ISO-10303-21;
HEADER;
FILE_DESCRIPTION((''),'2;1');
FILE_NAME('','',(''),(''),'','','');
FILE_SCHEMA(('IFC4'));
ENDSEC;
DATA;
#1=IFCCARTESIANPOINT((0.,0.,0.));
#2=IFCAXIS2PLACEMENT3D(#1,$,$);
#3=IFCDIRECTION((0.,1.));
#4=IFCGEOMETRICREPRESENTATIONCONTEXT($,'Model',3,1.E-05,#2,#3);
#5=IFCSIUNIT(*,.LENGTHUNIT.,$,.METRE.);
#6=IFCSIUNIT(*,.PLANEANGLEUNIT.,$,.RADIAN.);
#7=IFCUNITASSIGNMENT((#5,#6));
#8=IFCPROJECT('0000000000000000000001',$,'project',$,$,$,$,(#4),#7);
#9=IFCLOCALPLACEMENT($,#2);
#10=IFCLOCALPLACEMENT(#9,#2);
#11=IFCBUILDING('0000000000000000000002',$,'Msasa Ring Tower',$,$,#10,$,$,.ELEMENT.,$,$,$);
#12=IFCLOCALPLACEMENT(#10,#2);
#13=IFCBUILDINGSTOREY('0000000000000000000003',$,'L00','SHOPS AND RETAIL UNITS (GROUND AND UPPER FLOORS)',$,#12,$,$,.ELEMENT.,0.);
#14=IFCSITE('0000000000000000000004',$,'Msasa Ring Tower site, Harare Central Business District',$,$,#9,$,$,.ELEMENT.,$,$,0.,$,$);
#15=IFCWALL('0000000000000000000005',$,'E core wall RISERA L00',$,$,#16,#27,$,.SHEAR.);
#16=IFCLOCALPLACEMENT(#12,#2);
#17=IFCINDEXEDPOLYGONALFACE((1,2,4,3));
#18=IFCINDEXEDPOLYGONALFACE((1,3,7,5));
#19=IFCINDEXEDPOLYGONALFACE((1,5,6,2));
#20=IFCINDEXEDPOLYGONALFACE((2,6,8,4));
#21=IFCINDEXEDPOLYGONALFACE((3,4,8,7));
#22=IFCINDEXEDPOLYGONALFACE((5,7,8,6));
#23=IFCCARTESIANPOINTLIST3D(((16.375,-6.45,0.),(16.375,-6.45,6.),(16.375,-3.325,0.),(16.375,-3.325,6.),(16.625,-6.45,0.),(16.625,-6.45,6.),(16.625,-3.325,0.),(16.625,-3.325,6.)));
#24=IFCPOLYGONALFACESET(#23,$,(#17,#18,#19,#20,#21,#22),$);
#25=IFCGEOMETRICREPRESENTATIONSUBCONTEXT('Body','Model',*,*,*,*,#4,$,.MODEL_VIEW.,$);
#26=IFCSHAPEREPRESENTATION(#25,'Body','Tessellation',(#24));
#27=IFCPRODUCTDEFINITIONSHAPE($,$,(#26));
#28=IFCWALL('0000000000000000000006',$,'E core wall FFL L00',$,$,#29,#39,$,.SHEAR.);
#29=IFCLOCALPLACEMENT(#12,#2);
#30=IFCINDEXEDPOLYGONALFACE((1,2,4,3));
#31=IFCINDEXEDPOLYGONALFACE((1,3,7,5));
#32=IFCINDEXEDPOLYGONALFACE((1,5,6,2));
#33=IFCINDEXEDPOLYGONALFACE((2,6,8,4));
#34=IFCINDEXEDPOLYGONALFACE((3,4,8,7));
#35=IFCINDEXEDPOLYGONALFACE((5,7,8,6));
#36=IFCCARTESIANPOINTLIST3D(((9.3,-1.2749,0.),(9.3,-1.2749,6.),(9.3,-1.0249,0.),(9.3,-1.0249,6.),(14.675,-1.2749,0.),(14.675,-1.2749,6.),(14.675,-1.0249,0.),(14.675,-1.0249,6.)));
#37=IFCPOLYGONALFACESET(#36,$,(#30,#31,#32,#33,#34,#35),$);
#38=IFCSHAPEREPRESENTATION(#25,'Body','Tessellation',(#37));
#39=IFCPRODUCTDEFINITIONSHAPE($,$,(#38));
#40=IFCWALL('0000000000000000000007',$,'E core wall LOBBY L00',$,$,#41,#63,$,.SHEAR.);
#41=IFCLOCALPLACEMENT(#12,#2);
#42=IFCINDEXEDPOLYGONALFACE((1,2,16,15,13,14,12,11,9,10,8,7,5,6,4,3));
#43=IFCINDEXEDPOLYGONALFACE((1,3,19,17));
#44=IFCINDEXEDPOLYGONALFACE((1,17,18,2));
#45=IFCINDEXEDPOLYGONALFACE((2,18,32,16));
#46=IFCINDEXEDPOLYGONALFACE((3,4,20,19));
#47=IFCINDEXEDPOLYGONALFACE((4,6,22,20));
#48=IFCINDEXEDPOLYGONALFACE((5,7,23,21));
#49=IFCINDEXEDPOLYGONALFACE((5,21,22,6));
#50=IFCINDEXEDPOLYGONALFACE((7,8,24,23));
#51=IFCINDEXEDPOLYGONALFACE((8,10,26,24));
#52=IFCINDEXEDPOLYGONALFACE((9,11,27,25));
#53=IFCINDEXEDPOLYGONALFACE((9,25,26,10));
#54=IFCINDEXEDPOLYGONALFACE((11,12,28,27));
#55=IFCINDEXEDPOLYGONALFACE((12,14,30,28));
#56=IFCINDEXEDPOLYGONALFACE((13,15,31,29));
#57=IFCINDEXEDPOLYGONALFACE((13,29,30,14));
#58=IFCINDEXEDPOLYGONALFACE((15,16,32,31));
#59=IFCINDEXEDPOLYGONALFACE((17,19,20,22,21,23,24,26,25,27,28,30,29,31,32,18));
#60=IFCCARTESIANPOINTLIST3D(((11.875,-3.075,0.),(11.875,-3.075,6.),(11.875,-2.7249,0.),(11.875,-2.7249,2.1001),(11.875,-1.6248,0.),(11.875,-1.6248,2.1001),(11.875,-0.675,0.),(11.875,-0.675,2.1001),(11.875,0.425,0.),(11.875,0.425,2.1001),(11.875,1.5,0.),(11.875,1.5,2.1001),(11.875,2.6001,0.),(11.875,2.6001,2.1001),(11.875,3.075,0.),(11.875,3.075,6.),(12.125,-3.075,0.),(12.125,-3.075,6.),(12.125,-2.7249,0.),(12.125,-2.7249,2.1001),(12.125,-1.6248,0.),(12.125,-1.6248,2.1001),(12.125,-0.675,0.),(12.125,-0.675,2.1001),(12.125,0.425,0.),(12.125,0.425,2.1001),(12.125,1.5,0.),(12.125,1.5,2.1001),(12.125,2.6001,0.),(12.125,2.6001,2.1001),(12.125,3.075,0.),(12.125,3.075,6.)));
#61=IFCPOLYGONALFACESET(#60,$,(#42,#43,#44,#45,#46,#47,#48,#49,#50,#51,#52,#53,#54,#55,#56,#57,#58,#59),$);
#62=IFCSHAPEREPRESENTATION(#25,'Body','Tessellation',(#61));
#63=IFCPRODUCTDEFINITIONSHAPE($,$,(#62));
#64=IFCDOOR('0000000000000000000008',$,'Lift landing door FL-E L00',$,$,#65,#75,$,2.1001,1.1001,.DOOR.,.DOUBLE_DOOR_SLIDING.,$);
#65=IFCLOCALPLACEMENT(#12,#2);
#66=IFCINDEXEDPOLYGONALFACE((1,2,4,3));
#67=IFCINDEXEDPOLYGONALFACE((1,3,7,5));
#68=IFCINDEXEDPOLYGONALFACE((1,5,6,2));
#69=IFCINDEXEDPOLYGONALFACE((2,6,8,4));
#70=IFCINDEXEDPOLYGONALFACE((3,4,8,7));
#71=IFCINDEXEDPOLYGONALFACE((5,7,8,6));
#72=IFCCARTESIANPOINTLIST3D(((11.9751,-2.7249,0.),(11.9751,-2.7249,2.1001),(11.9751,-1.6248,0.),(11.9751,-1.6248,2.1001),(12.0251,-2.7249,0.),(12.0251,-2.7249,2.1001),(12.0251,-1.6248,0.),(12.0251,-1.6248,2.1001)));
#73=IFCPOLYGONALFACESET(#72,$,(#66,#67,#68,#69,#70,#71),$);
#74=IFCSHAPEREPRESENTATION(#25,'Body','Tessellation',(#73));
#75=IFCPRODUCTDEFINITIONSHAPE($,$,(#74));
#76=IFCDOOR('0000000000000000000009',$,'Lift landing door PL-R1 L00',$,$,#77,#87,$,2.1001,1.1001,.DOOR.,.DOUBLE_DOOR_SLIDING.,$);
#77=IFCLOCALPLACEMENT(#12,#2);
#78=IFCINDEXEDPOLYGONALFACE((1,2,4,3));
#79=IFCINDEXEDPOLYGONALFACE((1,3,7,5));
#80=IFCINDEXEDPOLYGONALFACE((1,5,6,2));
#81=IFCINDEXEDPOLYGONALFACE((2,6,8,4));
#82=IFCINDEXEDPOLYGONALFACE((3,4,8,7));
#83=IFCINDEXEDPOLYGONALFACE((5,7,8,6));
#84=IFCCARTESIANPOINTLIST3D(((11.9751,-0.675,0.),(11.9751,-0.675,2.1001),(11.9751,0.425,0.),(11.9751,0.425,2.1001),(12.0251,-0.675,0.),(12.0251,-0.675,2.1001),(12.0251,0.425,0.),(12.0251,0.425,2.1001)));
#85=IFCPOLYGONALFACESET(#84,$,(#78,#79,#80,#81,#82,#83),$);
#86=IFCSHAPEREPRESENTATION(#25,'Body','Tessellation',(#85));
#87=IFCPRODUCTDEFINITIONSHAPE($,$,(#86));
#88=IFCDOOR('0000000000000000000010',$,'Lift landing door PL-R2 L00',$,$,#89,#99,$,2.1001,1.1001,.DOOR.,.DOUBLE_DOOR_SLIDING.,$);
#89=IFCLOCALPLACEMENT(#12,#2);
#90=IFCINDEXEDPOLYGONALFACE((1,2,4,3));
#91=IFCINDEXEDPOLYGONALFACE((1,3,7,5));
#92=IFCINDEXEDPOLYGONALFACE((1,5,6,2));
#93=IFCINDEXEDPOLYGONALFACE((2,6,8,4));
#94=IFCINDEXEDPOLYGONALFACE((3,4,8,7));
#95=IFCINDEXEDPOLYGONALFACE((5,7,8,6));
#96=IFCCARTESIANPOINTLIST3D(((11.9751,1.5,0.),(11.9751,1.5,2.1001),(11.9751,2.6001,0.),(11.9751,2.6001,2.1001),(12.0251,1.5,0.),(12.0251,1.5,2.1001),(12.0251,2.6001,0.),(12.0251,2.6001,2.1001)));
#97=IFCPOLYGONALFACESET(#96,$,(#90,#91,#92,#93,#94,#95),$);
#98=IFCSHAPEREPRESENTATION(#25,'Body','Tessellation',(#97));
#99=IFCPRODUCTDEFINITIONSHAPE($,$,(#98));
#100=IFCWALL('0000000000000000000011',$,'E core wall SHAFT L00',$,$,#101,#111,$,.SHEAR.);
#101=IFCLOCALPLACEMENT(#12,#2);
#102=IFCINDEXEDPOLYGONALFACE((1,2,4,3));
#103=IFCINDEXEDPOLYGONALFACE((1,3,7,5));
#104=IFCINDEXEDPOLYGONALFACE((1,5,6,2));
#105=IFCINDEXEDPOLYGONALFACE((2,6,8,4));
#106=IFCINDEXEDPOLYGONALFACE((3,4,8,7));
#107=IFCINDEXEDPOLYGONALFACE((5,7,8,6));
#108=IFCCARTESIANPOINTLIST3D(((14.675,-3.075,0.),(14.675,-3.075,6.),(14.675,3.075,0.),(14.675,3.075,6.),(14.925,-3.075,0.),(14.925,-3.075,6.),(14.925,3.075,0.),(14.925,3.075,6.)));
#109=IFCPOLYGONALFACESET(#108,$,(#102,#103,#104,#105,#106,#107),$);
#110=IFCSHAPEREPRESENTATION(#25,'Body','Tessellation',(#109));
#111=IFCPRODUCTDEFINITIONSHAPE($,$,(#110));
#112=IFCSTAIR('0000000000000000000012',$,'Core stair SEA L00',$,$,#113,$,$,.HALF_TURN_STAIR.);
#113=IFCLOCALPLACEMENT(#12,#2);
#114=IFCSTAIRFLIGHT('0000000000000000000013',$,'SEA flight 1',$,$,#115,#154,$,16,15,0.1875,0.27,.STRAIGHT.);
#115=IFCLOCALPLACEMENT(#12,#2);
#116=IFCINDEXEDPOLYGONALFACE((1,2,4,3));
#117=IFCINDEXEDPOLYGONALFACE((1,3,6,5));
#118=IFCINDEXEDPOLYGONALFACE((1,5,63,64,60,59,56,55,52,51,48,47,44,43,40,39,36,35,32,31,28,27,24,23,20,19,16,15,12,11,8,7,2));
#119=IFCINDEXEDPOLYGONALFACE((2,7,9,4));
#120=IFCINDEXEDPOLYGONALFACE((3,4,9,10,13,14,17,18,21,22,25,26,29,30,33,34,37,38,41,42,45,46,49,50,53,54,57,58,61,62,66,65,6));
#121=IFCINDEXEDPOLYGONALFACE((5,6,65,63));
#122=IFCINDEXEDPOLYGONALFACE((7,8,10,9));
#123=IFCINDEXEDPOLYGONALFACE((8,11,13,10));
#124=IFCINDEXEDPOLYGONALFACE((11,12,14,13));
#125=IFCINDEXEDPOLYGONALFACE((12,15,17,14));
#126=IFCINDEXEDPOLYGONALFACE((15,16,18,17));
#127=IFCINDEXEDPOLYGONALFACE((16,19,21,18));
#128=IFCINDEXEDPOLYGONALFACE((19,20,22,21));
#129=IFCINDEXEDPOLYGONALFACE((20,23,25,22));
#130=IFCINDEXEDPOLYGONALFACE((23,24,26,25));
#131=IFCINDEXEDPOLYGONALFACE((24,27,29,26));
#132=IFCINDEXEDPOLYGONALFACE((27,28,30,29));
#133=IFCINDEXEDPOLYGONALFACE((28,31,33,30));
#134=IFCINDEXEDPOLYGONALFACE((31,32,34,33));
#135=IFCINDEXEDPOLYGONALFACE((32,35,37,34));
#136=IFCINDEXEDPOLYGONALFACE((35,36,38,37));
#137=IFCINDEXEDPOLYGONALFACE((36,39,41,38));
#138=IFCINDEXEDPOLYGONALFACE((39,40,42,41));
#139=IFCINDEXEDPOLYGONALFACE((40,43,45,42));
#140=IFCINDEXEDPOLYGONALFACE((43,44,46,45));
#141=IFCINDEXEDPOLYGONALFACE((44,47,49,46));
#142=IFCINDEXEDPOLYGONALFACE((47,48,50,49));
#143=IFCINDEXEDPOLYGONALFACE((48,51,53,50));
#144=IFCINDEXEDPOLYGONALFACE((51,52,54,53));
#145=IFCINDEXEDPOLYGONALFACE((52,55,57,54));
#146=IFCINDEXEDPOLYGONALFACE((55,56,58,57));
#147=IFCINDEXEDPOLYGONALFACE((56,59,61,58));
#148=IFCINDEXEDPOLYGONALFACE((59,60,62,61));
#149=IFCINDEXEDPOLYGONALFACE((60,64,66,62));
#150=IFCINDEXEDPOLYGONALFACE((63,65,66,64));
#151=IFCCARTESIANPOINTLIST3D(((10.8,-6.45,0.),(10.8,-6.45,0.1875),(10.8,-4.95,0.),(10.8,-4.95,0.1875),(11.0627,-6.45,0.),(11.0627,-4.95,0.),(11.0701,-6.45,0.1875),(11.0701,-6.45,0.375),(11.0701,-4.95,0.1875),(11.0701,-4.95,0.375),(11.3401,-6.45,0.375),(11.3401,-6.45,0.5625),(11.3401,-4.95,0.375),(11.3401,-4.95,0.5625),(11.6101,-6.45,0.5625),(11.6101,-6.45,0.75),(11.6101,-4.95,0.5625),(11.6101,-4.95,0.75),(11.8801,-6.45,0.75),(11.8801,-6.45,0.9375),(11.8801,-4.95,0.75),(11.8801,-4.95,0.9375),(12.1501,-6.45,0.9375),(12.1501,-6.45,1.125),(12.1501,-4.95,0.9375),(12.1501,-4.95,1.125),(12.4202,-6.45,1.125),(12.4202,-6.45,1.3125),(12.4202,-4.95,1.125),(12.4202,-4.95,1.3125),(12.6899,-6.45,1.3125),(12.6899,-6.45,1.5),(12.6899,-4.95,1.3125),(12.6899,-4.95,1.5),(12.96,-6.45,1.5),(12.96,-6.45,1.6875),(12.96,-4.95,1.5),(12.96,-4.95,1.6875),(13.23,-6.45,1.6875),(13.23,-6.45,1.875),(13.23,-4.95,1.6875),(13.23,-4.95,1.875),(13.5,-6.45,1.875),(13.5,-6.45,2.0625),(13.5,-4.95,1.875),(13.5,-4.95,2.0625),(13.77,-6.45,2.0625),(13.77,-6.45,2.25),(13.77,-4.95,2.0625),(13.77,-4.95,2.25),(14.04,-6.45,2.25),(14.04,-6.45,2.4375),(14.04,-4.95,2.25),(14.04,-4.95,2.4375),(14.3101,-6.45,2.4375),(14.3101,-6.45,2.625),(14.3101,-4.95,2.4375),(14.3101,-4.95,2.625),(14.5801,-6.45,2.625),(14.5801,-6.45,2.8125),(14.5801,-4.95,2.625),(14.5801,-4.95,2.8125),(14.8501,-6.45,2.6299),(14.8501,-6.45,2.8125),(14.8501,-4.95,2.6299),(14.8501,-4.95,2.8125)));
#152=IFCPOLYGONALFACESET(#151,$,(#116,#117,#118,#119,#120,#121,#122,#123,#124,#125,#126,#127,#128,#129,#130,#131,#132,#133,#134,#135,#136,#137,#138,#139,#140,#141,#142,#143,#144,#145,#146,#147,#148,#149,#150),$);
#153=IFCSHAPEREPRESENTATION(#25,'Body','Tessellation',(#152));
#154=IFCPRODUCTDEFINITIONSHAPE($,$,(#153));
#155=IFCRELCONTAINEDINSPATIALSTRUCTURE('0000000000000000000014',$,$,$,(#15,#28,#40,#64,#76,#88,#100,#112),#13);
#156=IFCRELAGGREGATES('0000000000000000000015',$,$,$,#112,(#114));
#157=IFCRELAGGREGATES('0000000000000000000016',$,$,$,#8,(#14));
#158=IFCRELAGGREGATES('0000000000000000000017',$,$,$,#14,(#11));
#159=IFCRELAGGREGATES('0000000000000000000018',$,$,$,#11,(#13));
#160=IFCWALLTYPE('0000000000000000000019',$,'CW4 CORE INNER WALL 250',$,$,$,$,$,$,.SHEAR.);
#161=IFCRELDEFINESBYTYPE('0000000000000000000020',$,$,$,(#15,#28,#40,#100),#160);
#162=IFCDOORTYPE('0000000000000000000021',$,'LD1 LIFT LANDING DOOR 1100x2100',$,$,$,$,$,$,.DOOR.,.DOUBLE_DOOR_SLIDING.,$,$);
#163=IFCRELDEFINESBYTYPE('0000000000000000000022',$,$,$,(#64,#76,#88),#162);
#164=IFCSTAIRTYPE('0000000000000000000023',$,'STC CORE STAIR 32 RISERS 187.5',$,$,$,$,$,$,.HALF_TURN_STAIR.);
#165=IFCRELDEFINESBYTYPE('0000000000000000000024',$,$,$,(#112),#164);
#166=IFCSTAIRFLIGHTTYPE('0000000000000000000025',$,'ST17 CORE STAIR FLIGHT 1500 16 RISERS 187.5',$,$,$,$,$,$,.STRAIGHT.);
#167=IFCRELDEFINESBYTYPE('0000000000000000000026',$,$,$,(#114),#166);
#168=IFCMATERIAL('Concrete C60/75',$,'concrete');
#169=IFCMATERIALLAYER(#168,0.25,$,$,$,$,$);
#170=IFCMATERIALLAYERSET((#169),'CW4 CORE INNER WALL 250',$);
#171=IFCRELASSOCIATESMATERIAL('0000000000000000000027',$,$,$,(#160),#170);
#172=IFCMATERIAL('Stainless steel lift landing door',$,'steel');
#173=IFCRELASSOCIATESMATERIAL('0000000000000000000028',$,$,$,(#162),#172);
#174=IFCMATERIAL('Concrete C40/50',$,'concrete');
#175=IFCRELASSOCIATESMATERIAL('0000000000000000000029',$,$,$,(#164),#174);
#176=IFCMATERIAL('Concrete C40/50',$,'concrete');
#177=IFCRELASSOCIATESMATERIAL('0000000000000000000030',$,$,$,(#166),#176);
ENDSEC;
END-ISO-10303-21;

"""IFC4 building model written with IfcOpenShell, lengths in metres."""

from ifc_helpers import new_model, si_unit, direction, frame, frame_2d, origin, place, context, subcontext, project, spatial, polyline, rectangle, outline, extrude, material, layer, layer_set, type_object, element, fill, aggregate, save


model = new_model("IFC4")

# Units and contexts
model_context = context("Model", 3, precision=1e-05, world=origin(), true_north=direction((0.0, 1.0)))
body_context = subcontext(model_context, "Body", "Model", "MODEL_VIEW")
ifc_project = project(units=[si_unit("LENGTHUNIT", "METRE"), si_unit("PLANEANGLEUNIT", "RADIAN")], contexts=[model_context])

# Site, building, storey
site_placement = place(None, origin())
site = spatial("IfcSite", under=ifc_project, at=site_placement, Name="Msasa Ring Tower site, Harare Central Business District", CompositionType="ELEMENT", RefElevation=0.0)
building_placement = place(site_placement, origin())
building = spatial("IfcBuilding", under=site, at=building_placement, Name="Msasa Ring Tower", CompositionType="ELEMENT")
storey_placement = place(building_placement, origin())
storey = spatial("IfcBuildingStorey", under=building, at=storey_placement, Name="L00", Description="SHOPS AND RETAIL UNITS (GROUND AND UPPER FLOORS)", CompositionType="ELEMENT", Elevation=0.0)

# Walls
ifc_material_1 = material(Name="Concrete C60/75", Category="concrete")
ifc_layer = layer(ifc_material_1, 0.25)
ifc_layer_set = layer_set([ifc_layer], Name="CW4 CORE INNER WALL 250")
wall_type = type_object("IfcWallType", Name="CW4 CORE INNER WALL 250", PredefinedType="SHEAR", material=ifc_layer_set)
wall_1_placement = place(storey_placement, frame((16.5, -6.45, 0.0), z_axis=(0.0, 0.0, 1.0), x_axis=(0.0, 1.0, 0.0)))
element("IfcWall", 1, at=wall_1_placement, inside=storey, type_object=wall_type, Name="E core wall RISERA L00", PredefinedType="SHEAR", context=body_context, shape_type="SweptSolid", body=[
    extrude(rectangle(XDim=3.125, YDim=0.25, at=frame_2d((1.5625, 0.0))), origin(), (0.0, 0.0, 1.0), 6.0),
])
wall_2_placement = place(storey_placement, frame((9.3, -1.1499, 0.0), z_axis=(0.0, 0.0, 1.0), x_axis=(1.0, 0.0, 0.0)))
element("IfcWall", 2, at=wall_2_placement, inside=storey, type_object=wall_type, Name="E core wall FFL L00", PredefinedType="SHEAR", context=body_context, shape_type="SweptSolid", body=[
    extrude(rectangle(XDim=5.375, YDim=0.25, at=frame_2d((2.6875, 0.0))), origin(), (0.0, 0.0, 1.0), 6.0),
])

# Wall, openings, doors
wall_3_placement = place(storey_placement, frame((12.0, -3.075, 0.0), z_axis=(0.0, 0.0, 1.0), x_axis=(0.0, 1.0, 0.0)))
wall_3 = element("IfcWall", 3, at=wall_3_placement, inside=storey, type_object=wall_type, Name="E core wall LOBBY L00", PredefinedType="SHEAR", context=body_context, shape_type="SweptSolid", body=[
    extrude(rectangle(XDim=6.1499, YDim=0.25, at=frame_2d((3.075, 0.0))), origin(), (0.0, 0.0, 1.0), 6.0),
])
opening_1_placement = place(wall_3_placement, frame((0.3501, 0.0, 0.0)))
opening_1 = element("IfcOpeningElement", 4, at=opening_1_placement, cuts=wall_3, PredefinedType="OPENING", context=body_context, shape_type="SweptSolid", body=[
    extrude(rectangle(XDim=1.1001, YDim=2.1001, at=frame_2d((0.55, 1.05))), frame((0.0, 0.135, 0.0), z_axis=(0.0, -1.0, 0.0), x_axis=(1.0, 0.0, 0.0)), (0.0, 0.0, 1.0), 0.27),
])
opening_2_placement = place(wall_3_placement, frame((2.3999, 0.0, 0.0)))
opening_2 = element("IfcOpeningElement", 5, at=opening_2_placement, cuts=wall_3, PredefinedType="OPENING", context=body_context, shape_type="SweptSolid", body=[
    extrude(rectangle(XDim=1.1001, YDim=2.1001, at=frame_2d((0.55, 1.05))), frame((0.0, 0.135, 0.0), z_axis=(0.0, -1.0, 0.0), x_axis=(1.0, 0.0, 0.0)), (0.0, 0.0, 1.0), 0.27),
])
opening_3_placement = place(wall_3_placement, frame((4.575, 0.0, 0.0)))
opening_3 = element("IfcOpeningElement", 6, at=opening_3_placement, cuts=wall_3, PredefinedType="OPENING", context=body_context, shape_type="SweptSolid", body=[
    extrude(rectangle(XDim=1.1001, YDim=2.1001, at=frame_2d((0.55, 1.05))), frame((0.0, 0.135, 0.0), z_axis=(0.0, -1.0, 0.0), x_axis=(1.0, 0.0, 0.0)), (0.0, 0.0, 1.0), 0.27),
])
ifc_material_2 = material(Name="Stainless steel lift landing door", Category="steel")
door_type = type_object("IfcDoorType", Name="LD1 LIFT LANDING DOOR 1100x2100", OperationType="DOUBLE_DOOR_SLIDING", PredefinedType="DOOR", material=ifc_material_2)
door_1_placement = place(opening_1_placement, origin())
door_1 = element("IfcDoor", 7, at=door_1_placement, inside=storey, type_object=door_type, Name="Lift landing door FL-E L00", OperationType="DOUBLE_DOOR_SLIDING", OverallHeight=2.1001, OverallWidth=1.1001, PredefinedType="DOOR", context=body_context, shape_type="SweptSolid", body=[
    extrude(rectangle(XDim=1.1001, YDim=2.1001, at=frame_2d((0.55, 1.05))), frame((0.0, 0.0249, 0.0), z_axis=(0.0, -1.0, 0.0), x_axis=(1.0, 0.0, 0.0)), (0.0, 0.0, 1.0), 0.05),
])
fill(opening_1, door_1)
door_2_placement = place(opening_2_placement, origin())
door_2 = element("IfcDoor", 8, at=door_2_placement, inside=storey, type_object=door_type, Name="Lift landing door PL-R1 L00", OperationType="DOUBLE_DOOR_SLIDING", OverallHeight=2.1001, OverallWidth=1.1001, PredefinedType="DOOR", context=body_context, shape_type="SweptSolid", body=[
    extrude(rectangle(XDim=1.1001, YDim=2.1001, at=frame_2d((0.55, 1.05))), frame((0.0, 0.0249, 0.0), z_axis=(0.0, -1.0, 0.0), x_axis=(1.0, 0.0, 0.0)), (0.0, 0.0, 1.0), 0.05),
])
fill(opening_2, door_2)
door_3_placement = place(opening_3_placement, origin())
door_3 = element("IfcDoor", 9, at=door_3_placement, inside=storey, type_object=door_type, Name="Lift landing door PL-R2 L00", OperationType="DOUBLE_DOOR_SLIDING", OverallHeight=2.1001, OverallWidth=1.1001, PredefinedType="DOOR", context=body_context, shape_type="SweptSolid", body=[
    extrude(rectangle(XDim=1.1001, YDim=2.1001, at=frame_2d((0.55, 1.05))), frame((0.0, 0.0249, 0.0), z_axis=(0.0, -1.0, 0.0), x_axis=(1.0, 0.0, 0.0)), (0.0, 0.0, 1.0), 0.05),
])
fill(opening_3, door_3)

# Wall
wall_4_placement = place(storey_placement, frame((14.8, -3.075, 0.0), z_axis=(0.0, 0.0, 1.0), x_axis=(0.0, 1.0, 0.0)))
element("IfcWall", 10, at=wall_4_placement, inside=storey, type_object=wall_type, Name="E core wall SHAFT L00", PredefinedType="SHEAR", context=body_context, shape_type="SweptSolid", body=[
    extrude(rectangle(XDim=6.1499, YDim=0.25, at=frame_2d((3.075, 0.0))), origin(), (0.0, 0.0, 1.0), 6.0),
])

# Stair, stair flight
ifc_material_3 = material(Name="Concrete C40/50", Category="concrete")
stair_type = type_object("IfcStairType", Name="STC CORE STAIR 32 RISERS 187.5", PredefinedType="HALF_TURN_STAIR", material=ifc_material_3)
stair_placement = place(storey_placement, origin())
stair = element("IfcStair", 11, at=stair_placement, inside=storey, type_object=stair_type, Name="Core stair SEA L00", PredefinedType="HALF_TURN_STAIR")
ifc_material_4 = material(Name="Concrete C40/50", Category="concrete")
stair_flight_type = type_object("IfcStairFlightType", Name="ST17 CORE STAIR FLIGHT 1500 16 RISERS 187.5", PredefinedType="STRAIGHT", material=ifc_material_4)
stair_flight_1_placement = place(storey_placement, frame((10.8, -5.7, 0.0), z_axis=(0.0, 0.0, 1.0), x_axis=(1.0, 0.0, 0.0)))
stair_flight_1 = element("IfcStairFlight", 12, at=stair_flight_1_placement, type_object=stair_flight_type, Name="SEA flight 1", NumberOfRisers=16, NumberOfTreads=15, PredefinedType="STRAIGHT", RiserHeight=0.1875, TreadLength=0.27, context=body_context, shape_type="SweptSolid", body=[
    extrude(outline(polyline([(0.0, 0.0), (0.0, 0.1875), (0.27, 0.1875), (0.27, 0.375), (0.54, 0.375), (0.54, 0.5625), (0.8101, 0.5625), (0.8101, 0.75), (1.0801, 0.75), (1.0801, 0.9375), (1.3501, 0.9375), (1.3501, 1.125), (1.6201, 1.125), (1.6201, 1.3125), (1.8899, 1.3125), (1.8899, 1.5), (2.1599, 1.5), (2.1599, 1.6875), (2.4299, 1.6875), (2.4299, 1.875), (2.7, 1.875), (2.7, 2.0625), (2.97, 2.0625), (2.97, 2.25), (3.24, 2.25), (3.24, 2.4375), (3.51, 2.4375), (3.51, 2.625), (3.78, 2.625), (3.78, 2.8125), (4.05, 2.8125), (4.05, 3.0), (4.05, 2.6299), (0.2627, 0.0), (0.0, 0.0)])), frame((0.0, 0.75, 0.0), z_axis=(0.0, -1.0, 0.0), x_axis=(1.0, 0.0, 0.0)), (0.0, 0.0, 1.0), 1.5),
])
aggregate(stair, [stair_flight_1])

save(model, "model.ifc")
